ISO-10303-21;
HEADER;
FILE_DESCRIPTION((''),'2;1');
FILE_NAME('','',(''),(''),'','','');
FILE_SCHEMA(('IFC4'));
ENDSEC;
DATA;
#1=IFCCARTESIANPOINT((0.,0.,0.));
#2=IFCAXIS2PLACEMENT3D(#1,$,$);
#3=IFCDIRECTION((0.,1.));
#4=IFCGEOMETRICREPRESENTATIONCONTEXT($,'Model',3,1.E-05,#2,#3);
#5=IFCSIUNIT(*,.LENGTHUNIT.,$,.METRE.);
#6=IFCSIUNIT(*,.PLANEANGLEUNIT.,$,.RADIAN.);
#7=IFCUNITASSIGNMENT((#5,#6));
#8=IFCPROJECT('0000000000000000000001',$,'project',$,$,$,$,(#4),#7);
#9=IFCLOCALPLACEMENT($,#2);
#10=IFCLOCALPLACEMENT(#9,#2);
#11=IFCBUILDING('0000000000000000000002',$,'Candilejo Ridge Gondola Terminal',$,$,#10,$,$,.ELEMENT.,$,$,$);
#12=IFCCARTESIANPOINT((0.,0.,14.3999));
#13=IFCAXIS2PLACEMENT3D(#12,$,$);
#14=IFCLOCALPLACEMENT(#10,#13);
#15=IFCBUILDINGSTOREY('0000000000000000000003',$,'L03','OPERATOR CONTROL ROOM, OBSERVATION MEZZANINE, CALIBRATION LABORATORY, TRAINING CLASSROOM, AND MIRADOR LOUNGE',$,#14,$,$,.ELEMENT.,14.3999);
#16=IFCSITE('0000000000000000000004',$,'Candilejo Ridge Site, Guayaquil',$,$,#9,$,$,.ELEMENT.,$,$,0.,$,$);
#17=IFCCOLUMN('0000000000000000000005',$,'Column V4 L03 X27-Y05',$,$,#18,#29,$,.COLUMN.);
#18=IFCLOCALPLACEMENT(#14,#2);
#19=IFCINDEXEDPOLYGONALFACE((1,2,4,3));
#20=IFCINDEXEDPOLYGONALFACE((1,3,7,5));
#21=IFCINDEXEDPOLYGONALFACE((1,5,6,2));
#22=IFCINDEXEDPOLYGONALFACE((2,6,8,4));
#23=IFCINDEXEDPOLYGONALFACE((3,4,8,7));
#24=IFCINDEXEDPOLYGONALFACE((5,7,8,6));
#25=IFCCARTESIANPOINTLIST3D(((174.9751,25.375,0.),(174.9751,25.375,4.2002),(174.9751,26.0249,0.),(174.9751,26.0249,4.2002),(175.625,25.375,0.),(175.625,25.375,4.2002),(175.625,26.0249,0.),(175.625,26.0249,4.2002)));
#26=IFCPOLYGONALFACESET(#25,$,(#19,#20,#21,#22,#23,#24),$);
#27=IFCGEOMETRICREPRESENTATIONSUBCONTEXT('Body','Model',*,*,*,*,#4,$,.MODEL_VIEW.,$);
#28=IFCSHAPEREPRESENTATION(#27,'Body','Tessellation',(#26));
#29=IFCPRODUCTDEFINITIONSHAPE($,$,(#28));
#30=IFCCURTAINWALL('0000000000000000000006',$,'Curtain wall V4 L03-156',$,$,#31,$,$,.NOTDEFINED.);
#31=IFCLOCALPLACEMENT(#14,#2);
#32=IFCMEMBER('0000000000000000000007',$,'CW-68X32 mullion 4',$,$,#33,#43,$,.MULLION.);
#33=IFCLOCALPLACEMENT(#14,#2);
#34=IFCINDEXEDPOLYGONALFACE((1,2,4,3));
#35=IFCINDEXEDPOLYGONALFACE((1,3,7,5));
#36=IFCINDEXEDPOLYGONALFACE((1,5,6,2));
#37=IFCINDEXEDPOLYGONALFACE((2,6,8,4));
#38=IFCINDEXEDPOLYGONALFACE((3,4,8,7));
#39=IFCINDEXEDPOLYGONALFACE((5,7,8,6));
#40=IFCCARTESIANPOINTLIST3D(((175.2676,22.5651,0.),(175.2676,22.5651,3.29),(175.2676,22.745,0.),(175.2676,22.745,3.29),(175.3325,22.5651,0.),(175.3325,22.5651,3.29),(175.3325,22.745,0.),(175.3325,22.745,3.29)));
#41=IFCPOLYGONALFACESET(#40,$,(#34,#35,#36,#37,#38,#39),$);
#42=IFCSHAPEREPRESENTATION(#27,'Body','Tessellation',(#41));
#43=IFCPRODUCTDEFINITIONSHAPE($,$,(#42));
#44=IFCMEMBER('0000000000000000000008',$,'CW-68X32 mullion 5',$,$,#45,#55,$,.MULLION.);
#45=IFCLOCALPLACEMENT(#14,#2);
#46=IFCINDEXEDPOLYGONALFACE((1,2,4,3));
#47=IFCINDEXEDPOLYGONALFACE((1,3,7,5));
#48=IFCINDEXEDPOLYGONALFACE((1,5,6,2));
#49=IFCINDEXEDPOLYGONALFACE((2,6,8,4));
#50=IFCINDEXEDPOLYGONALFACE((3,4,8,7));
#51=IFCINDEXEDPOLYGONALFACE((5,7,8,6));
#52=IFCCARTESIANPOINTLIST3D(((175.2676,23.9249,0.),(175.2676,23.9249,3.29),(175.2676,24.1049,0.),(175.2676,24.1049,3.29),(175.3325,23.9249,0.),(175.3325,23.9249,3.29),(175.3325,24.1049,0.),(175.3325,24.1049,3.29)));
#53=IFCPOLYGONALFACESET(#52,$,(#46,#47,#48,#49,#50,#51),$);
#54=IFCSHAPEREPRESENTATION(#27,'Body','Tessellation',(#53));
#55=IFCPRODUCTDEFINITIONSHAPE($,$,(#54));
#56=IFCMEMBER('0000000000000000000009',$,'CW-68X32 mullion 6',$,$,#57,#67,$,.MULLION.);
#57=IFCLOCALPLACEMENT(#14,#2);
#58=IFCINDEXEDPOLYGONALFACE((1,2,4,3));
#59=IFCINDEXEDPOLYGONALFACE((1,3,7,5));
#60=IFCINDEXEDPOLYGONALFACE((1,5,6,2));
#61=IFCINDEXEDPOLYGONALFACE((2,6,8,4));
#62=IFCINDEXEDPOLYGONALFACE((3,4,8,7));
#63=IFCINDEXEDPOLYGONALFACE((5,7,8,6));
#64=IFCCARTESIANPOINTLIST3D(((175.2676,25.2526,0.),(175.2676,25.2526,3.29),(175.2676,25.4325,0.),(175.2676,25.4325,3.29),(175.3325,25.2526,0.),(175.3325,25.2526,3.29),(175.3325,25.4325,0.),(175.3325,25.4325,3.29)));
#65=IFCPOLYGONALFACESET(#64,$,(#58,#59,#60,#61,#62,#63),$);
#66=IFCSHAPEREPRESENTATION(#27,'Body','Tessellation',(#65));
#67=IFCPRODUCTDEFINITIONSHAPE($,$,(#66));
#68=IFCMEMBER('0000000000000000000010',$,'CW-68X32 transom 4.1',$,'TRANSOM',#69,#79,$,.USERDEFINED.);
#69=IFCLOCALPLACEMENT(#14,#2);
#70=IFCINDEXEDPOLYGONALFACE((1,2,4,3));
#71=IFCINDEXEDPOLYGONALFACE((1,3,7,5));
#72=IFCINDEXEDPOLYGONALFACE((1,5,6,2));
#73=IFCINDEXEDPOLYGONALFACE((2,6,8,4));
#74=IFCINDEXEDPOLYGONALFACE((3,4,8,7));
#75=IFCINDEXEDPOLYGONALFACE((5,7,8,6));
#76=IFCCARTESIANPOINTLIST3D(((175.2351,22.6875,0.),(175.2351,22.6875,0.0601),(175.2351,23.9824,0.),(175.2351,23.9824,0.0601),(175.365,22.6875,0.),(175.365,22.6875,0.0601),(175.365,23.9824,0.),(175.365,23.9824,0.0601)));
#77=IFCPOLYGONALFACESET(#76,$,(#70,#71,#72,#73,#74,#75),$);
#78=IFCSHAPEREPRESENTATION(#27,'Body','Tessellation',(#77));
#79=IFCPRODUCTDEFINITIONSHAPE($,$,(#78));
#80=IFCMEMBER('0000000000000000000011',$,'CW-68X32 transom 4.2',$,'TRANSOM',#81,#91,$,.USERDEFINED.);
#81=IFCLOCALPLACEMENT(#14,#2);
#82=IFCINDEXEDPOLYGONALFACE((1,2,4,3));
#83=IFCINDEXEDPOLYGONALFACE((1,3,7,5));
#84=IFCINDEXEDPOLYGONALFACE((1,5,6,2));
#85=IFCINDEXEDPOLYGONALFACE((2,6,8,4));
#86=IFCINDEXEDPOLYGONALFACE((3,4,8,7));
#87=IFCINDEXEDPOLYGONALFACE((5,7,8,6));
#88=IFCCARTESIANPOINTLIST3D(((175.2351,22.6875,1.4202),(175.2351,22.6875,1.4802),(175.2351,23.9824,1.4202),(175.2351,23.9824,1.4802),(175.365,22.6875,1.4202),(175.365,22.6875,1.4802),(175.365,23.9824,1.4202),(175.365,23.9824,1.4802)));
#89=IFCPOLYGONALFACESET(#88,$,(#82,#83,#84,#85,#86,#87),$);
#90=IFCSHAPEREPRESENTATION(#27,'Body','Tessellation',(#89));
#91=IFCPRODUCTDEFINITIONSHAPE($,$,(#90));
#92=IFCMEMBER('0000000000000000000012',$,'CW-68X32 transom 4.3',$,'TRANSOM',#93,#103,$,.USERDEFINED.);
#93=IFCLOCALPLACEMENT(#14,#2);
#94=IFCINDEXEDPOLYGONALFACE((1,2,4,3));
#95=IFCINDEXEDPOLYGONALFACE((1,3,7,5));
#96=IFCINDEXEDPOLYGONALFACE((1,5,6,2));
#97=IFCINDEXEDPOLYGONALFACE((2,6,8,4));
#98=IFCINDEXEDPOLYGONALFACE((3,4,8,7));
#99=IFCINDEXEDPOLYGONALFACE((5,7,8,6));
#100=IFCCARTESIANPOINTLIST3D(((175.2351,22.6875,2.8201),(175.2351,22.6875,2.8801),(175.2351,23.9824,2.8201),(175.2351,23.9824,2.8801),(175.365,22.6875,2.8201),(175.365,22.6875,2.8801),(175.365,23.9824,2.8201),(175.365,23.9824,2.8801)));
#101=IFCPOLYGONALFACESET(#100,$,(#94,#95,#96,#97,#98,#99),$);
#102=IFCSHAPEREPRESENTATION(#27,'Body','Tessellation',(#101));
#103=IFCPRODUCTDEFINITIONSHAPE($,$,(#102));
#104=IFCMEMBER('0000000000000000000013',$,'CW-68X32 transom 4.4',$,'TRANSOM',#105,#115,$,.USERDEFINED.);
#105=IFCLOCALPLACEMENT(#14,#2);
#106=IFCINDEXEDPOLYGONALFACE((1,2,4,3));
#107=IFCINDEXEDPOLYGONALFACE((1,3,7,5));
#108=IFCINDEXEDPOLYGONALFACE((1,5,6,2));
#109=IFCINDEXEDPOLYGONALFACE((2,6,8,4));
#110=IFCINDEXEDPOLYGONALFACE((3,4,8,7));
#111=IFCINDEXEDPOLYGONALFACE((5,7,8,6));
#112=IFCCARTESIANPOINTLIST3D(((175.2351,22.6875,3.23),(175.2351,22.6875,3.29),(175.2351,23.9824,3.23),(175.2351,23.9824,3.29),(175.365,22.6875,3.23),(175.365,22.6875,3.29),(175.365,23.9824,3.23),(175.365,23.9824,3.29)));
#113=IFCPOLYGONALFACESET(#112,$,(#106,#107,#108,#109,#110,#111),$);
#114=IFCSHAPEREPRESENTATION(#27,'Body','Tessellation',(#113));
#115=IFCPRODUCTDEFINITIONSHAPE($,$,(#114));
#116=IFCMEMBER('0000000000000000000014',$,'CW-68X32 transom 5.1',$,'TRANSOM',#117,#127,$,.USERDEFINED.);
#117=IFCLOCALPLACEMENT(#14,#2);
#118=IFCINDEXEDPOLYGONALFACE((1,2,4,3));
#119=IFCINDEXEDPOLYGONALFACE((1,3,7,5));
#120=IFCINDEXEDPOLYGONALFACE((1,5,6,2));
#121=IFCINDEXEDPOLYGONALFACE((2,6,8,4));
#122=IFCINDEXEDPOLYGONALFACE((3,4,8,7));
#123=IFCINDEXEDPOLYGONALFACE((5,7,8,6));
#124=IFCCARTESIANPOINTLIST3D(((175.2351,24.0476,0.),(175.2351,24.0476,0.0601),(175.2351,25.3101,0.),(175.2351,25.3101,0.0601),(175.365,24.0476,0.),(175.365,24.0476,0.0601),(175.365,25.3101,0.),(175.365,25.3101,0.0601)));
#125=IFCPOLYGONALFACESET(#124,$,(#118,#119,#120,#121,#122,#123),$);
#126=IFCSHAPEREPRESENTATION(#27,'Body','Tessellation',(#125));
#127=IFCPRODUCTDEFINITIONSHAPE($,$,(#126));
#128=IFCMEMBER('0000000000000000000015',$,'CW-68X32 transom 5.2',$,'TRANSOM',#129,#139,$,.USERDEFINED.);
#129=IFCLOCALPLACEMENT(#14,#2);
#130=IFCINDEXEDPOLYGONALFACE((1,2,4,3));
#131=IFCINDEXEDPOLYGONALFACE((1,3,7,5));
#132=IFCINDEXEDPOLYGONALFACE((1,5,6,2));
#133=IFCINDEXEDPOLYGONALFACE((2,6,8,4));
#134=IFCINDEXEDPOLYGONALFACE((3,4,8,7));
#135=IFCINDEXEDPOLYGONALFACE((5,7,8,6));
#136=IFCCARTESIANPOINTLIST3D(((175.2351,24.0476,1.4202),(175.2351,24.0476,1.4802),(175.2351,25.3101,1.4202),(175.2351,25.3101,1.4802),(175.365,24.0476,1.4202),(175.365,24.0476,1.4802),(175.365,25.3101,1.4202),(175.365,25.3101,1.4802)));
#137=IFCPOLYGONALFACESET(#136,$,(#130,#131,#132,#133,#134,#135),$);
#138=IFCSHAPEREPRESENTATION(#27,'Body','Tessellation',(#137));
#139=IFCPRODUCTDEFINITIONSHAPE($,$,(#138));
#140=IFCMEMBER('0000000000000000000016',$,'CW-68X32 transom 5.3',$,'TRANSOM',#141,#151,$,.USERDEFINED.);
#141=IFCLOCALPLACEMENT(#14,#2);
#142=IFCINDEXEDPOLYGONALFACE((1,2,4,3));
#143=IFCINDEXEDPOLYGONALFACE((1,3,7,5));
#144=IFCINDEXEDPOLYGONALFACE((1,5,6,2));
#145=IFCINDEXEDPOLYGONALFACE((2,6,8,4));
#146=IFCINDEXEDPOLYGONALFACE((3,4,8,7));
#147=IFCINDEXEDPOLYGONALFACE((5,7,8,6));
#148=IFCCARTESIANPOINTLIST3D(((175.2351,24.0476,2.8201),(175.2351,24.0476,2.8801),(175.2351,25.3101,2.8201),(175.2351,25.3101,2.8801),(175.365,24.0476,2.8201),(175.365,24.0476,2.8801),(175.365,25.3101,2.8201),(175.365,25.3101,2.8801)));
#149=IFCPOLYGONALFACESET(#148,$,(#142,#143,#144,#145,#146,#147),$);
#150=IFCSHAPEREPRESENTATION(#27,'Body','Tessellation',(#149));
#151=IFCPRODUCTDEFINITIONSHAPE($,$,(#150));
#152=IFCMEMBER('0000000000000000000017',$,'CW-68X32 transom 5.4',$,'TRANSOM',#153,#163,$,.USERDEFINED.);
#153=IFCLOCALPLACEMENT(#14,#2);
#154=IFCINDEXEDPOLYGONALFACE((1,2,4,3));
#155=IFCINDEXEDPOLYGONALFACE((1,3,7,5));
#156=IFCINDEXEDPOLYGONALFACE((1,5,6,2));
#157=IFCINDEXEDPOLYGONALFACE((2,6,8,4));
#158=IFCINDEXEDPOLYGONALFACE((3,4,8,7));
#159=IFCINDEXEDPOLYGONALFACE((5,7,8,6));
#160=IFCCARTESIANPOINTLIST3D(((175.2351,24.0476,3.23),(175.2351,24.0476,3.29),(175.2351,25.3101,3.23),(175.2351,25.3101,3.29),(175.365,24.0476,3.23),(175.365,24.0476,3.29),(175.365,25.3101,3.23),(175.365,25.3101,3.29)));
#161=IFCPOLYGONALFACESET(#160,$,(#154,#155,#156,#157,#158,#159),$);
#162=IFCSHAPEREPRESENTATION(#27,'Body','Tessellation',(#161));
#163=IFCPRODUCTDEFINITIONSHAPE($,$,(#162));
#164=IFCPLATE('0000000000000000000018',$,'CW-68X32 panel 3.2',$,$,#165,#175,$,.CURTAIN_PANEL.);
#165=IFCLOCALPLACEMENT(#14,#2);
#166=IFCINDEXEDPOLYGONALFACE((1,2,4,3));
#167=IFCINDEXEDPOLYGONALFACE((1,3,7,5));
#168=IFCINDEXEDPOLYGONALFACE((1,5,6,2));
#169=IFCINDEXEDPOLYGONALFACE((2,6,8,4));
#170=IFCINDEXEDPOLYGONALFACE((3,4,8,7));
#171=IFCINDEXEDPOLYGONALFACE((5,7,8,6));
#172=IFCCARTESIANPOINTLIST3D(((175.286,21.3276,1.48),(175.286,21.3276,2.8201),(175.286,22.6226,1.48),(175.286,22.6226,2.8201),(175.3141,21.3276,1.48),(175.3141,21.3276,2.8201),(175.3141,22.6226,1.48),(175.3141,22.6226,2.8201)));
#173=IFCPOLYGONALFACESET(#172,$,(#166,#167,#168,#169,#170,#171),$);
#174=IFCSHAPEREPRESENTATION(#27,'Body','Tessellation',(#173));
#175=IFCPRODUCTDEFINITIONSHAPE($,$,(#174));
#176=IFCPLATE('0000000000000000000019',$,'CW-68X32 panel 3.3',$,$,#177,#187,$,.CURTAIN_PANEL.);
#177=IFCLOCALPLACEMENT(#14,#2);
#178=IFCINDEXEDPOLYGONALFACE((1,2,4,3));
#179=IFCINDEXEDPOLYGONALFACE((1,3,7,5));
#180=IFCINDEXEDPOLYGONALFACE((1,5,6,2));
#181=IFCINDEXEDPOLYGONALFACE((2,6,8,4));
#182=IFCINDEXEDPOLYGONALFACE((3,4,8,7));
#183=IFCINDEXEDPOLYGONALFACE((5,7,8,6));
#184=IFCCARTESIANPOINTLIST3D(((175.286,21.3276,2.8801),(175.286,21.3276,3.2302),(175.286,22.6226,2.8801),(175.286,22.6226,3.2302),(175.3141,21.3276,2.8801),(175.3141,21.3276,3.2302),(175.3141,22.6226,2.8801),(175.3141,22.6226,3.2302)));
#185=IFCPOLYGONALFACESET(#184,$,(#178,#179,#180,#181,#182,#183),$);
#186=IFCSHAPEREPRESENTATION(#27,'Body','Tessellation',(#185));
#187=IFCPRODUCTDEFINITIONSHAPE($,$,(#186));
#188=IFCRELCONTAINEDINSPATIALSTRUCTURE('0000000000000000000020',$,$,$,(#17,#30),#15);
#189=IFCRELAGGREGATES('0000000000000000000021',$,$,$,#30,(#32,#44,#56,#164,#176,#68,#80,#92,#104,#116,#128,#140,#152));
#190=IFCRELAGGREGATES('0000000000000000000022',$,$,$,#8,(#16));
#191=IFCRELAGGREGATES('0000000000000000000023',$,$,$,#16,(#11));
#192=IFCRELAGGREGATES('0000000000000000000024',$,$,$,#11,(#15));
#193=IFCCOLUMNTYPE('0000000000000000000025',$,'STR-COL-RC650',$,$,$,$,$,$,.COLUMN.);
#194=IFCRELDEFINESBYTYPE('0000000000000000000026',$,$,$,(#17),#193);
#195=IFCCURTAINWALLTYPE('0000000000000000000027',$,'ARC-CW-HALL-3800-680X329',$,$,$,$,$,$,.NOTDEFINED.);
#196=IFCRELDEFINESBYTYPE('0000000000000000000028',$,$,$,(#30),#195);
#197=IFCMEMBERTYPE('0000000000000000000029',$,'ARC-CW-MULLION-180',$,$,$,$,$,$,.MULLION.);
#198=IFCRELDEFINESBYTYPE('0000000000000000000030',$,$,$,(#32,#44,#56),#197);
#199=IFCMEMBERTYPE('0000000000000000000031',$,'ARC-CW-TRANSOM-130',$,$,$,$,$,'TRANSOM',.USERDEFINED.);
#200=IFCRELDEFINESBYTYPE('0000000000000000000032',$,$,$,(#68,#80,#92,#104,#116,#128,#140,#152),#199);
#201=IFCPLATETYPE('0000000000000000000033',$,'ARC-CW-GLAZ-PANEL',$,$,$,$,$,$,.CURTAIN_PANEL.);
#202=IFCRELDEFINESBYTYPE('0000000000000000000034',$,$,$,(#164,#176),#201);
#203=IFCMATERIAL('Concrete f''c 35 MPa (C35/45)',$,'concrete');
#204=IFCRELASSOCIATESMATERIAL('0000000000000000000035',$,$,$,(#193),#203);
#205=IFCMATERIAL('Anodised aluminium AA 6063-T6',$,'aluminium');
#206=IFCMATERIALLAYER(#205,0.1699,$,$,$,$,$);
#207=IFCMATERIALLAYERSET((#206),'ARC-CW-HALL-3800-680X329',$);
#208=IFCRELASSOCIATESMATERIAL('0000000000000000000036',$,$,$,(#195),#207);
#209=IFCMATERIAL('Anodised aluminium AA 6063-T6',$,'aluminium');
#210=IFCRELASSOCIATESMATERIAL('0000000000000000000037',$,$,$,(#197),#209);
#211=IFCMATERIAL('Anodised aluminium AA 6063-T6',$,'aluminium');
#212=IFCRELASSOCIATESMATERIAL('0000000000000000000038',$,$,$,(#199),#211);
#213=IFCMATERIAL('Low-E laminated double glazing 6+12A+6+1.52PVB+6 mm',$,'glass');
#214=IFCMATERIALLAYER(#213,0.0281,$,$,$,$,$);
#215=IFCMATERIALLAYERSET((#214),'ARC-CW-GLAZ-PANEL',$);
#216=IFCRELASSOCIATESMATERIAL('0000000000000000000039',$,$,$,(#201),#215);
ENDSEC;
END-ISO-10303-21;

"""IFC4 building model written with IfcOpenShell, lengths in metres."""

from ifc_helpers import new_model, si_unit, direction, frame, origin, origin_2d, place, context, subcontext, project, spatial, rectangle, extrude, material, layer, layer_set, material_profile, profile_set, type_object, element, aggregate, save


model = new_model("IFC4")

# Units and contexts
model_context = context("Model", 3, precision=1e-05, world=origin(), true_north=direction((0.0, 1.0)))
body_context = subcontext(model_context, "Body", "Model", "MODEL_VIEW")
ifc_project = project(units=[si_unit("LENGTHUNIT", "METRE"), si_unit("PLANEANGLEUNIT", "RADIAN")], contexts=[model_context])

# Site, building, storey
site_placement = place(None, origin())
site = spatial("IfcSite", under=ifc_project, at=site_placement, Name="Candilejo Ridge Site, Guayaquil", CompositionType="ELEMENT", RefElevation=0.0)
building_placement = place(site_placement, origin())
building = spatial("IfcBuilding", under=site, at=building_placement, Name="Candilejo Ridge Gondola Terminal", CompositionType="ELEMENT")
storey_placement = place(building_placement, frame((0.0, 0.0, 14.3999)))
storey = spatial("IfcBuildingStorey", under=building, at=storey_placement, Name="L03", Description="OPERATOR CONTROL ROOM, OBSERVATION MEZZANINE, CALIBRATION LABORATORY, TRAINING CLASSROOM, AND MIRADOR LOUNGE", CompositionType="ELEMENT", Elevation=14.3999)

# Column
ifc_material_1 = material(Name="Concrete f'c 35 MPa (C35/45)", Category="concrete")
ifc_material_profile_1 = material_profile(ifc_material_1, rectangle(XDim=0.6499, YDim=0.6499, at=origin_2d()))
ifc_profile_set_1 = profile_set([ifc_material_profile_1], Name="Concrete f'c 35 MPa (C35/45)")
column_type = type_object("IfcColumnType", Name="STR-COL-RC650", PredefinedType="COLUMN", material=ifc_profile_set_1)
column_placement = place(storey_placement, frame((175.3, 25.7, 0.0), z_axis=(0.0, 0.0, 1.0), x_axis=(1.0, 0.0, 0.0)))
element("IfcColumn", 1, at=column_placement, inside=storey, type_object=column_type, Name="Column V4 L03 X27-Y05", PredefinedType="COLUMN", context=body_context, shape_type="SweptSolid", body=[
    extrude(rectangle(XDim=0.6499, YDim=0.6499, at=origin_2d()), origin(), (0.0, 0.0, 1.0), 4.2002),
])

# Curtain wall, members, plates
ifc_material_2 = material(Name="Anodised aluminium AA 6063-T6", Category="aluminium")
ifc_layer_1 = layer(ifc_material_2, 0.1699)
ifc_layer_set_1 = layer_set([ifc_layer_1], Name="ARC-CW-HALL-3800-680X329")
curtain_wall_type = type_object("IfcCurtainWallType", Name="ARC-CW-HALL-3800-680X329", PredefinedType="NOTDEFINED", material=ifc_layer_set_1)
curtain_wall_placement = place(storey_placement, origin())
curtain_wall = element("IfcCurtainWall", 2, at=curtain_wall_placement, inside=storey, type_object=curtain_wall_type, Name="Curtain wall V4 L03-156", PredefinedType="NOTDEFINED")
ifc_material_3 = material(Name="Anodised aluminium AA 6063-T6", Category="aluminium")
ifc_material_profile_2 = material_profile(ifc_material_3, rectangle(XDim=0.0649, YDim=0.1799, at=origin_2d()))
ifc_profile_set_2 = profile_set([ifc_material_profile_2], Name="Anodised aluminium AA 6063-T6")
member_type_1 = type_object("IfcMemberType", Name="ARC-CW-MULLION-180", PredefinedType="MULLION", material=ifc_profile_set_2)
member_1_placement = place(storey_placement, frame((175.3, 22.655, 0.0), z_axis=(0.0, 0.0, 1.0), x_axis=(-1.0, 0.0, 0.0)))
member_1 = element("IfcMember", 3, at=member_1_placement, type_object=member_type_1, Name="CW-68X32 mullion 4", PredefinedType="MULLION", context=body_context, shape_type="SweptSolid", body=[
    extrude(rectangle(XDim=0.0649, YDim=0.1799, at=origin_2d()), origin(), (0.0, 0.0, 1.0), 3.29),
])
member_2_placement = place(storey_placement, frame((175.3, 24.0149, 0.0), z_axis=(0.0, 0.0, 1.0), x_axis=(-1.0, 0.0, 0.0)))
member_2 = element("IfcMember", 4, at=member_2_placement, type_object=member_type_1, Name="CW-68X32 mullion 5", PredefinedType="MULLION", context=body_context, shape_type="SweptSolid", body=[
    extrude(rectangle(XDim=0.0649, YDim=0.1799, at=origin_2d()), origin(), (0.0, 0.0, 1.0), 3.29),
])
member_3_placement = place(storey_placement, frame((175.3, 25.3425, 0.0), z_axis=(0.0, 0.0, 1.0), x_axis=(-1.0, 0.0, 0.0)))
member_3 = element("IfcMember", 5, at=member_3_placement, type_object=member_type_1, Name="CW-68X32 mullion 6", PredefinedType="MULLION", context=body_context, shape_type="SweptSolid", body=[
    extrude(rectangle(XDim=0.0649, YDim=0.1799, at=origin_2d()), origin(), (0.0, 0.0, 1.0), 3.29),
])
ifc_material_4 = material(Name="Anodised aluminium AA 6063-T6", Category="aluminium")
ifc_material_profile_3 = material_profile(ifc_material_4, rectangle(XDim=0.1299, YDim=0.0601, at=origin_2d()))
ifc_profile_set_3 = profile_set([ifc_material_profile_3], Name="Anodised aluminium AA 6063-T6")
member_type_2 = type_object("IfcMemberType", Name="ARC-CW-TRANSOM-130", ElementType="TRANSOM", PredefinedType="USERDEFINED", material=ifc_profile_set_3)
member_4_placement = place(storey_placement, frame((175.3, 22.6875, 0.03), z_axis=(0.0, 1.0, 0.0), x_axis=(-1.0, 0.0, 0.0)))
member_4 = element("IfcMember", 6, at=member_4_placement, type_object=member_type_2, Name="CW-68X32 transom 4.1", ObjectType="TRANSOM", PredefinedType="USERDEFINED", context=body_context, shape_type="SweptSolid", body=[
    extrude(rectangle(XDim=0.1299, YDim=0.0601, at=origin_2d()), origin(), (0.0, 0.0, 1.0), 1.2949),
])
member_5_placement = place(storey_placement, frame((175.3, 22.6875, 1.4502), z_axis=(0.0, 1.0, 0.0), x_axis=(-1.0, 0.0, 0.0)))
member_5 = element("IfcMember", 7, at=member_5_placement, type_object=member_type_2, Name="CW-68X32 transom 4.2", ObjectType="TRANSOM", PredefinedType="USERDEFINED", context=body_context, shape_type="SweptSolid", body=[
    extrude(rectangle(XDim=0.1299, YDim=0.0601, at=origin_2d()), origin(), (0.0, 0.0, 1.0), 1.2949),
])
member_6_placement = place(storey_placement, frame((175.3, 22.6875, 2.8501), z_axis=(0.0, 1.0, 0.0), x_axis=(-1.0, 0.0, 0.0)))
member_6 = element("IfcMember", 8, at=member_6_placement, type_object=member_type_2, Name="CW-68X32 transom 4.3", ObjectType="TRANSOM", PredefinedType="USERDEFINED", context=body_context, shape_type="SweptSolid", body=[
    extrude(rectangle(XDim=0.1299, YDim=0.0601, at=origin_2d()), origin(), (0.0, 0.0, 1.0), 1.2949),
])
member_7_placement = place(storey_placement, frame((175.3, 22.6875, 3.26), z_axis=(0.0, 1.0, 0.0), x_axis=(-1.0, 0.0, 0.0)))
member_7 = element("IfcMember", 9, at=member_7_placement, type_object=member_type_2, Name="CW-68X32 transom 4.4", ObjectType="TRANSOM", PredefinedType="USERDEFINED", context=body_context, shape_type="SweptSolid", body=[
    extrude(rectangle(XDim=0.1299, YDim=0.0601, at=origin_2d()), origin(), (0.0, 0.0, 1.0), 1.2949),
])
member_8_placement = place(storey_placement, frame((175.3, 24.0476, 0.03), z_axis=(0.0, 1.0, 0.0), x_axis=(-1.0, 0.0, 0.0)))
member_8 = element("IfcMember", 10, at=member_8_placement, type_object=member_type_2, Name="CW-68X32 transom 5.1", ObjectType="TRANSOM", PredefinedType="USERDEFINED", context=body_context, shape_type="SweptSolid", body=[
    extrude(rectangle(XDim=0.1299, YDim=0.0601, at=origin_2d()), origin(), (0.0, 0.0, 1.0), 1.2625),
])
member_9_placement = place(storey_placement, frame((175.3, 24.0476, 1.4502), z_axis=(0.0, 1.0, 0.0), x_axis=(-1.0, 0.0, 0.0)))
member_9 = element("IfcMember", 11, at=member_9_placement, type_object=member_type_2, Name="CW-68X32 transom 5.2", ObjectType="TRANSOM", PredefinedType="USERDEFINED", context=body_context, shape_type="SweptSolid", body=[
    extrude(rectangle(XDim=0.1299, YDim=0.0601, at=origin_2d()), origin(), (0.0, 0.0, 1.0), 1.2625),
])
member_10_placement = place(storey_placement, frame((175.3, 24.0476, 2.8501), z_axis=(0.0, 1.0, 0.0), x_axis=(-1.0, 0.0, 0.0)))
member_10 = element("IfcMember", 12, at=member_10_placement, type_object=member_type_2, Name="CW-68X32 transom 5.3", ObjectType="TRANSOM", PredefinedType="USERDEFINED", context=body_context, shape_type="SweptSolid", body=[
    extrude(rectangle(XDim=0.1299, YDim=0.0601, at=origin_2d()), origin(), (0.0, 0.0, 1.0), 1.2625),
])
member_11_placement = place(storey_placement, frame((175.3, 24.0476, 3.26), z_axis=(0.0, 1.0, 0.0), x_axis=(-1.0, 0.0, 0.0)))
member_11 = element("IfcMember", 13, at=member_11_placement, type_object=member_type_2, Name="CW-68X32 transom 5.4", ObjectType="TRANSOM", PredefinedType="USERDEFINED", context=body_context, shape_type="SweptSolid", body=[
    extrude(rectangle(XDim=0.1299, YDim=0.0601, at=origin_2d()), origin(), (0.0, 0.0, 1.0), 1.2625),
])
ifc_material_5 = material(Name="Low-E laminated double glazing 6+12A+6+1.52PVB+6 mm", Category="glass")
ifc_layer_2 = layer(ifc_material_5, 0.0281)
ifc_layer_set_2 = layer_set([ifc_layer_2], Name="ARC-CW-GLAZ-PANEL")
plate_type = type_object("IfcPlateType", Name="ARC-CW-GLAZ-PANEL", PredefinedType="CURTAIN_PANEL", material=ifc_layer_set_2)
plate_1_placement = place(storey_placement, frame((175.3, 21.9751, 1.48), z_axis=(0.0, 0.0, 1.0), x_axis=(0.0, 1.0, 0.0)))
plate_1 = element("IfcPlate", 14, at=plate_1_placement, type_object=plate_type, Name="CW-68X32 panel 3.2", PredefinedType="CURTAIN_PANEL", context=body_context, shape_type="SweptSolid", body=[
    extrude(rectangle(XDim=1.2949, YDim=0.0281, at=origin_2d()), origin(), (0.0, 0.0, 1.0), 1.3401),
])
plate_2_placement = place(storey_placement, frame((175.3, 21.9751, 2.8801), z_axis=(0.0, 0.0, 1.0), x_axis=(0.0, 1.0, 0.0)))
plate_2 = element("IfcPlate", 15, at=plate_2_placement, type_object=plate_type, Name="CW-68X32 panel 3.3", PredefinedType="CURTAIN_PANEL", context=body_context, shape_type="SweptSolid", body=[
    extrude(rectangle(XDim=1.2949, YDim=0.0281, at=origin_2d()), origin(), (0.0, 0.0, 1.0), 0.3501),
])
aggregate(curtain_wall, [member_1, member_2, member_3, plate_1, plate_2, member_4, member_5, member_6, member_7, member_8, member_9, member_10, member_11])

save(model, "model.ifc")
